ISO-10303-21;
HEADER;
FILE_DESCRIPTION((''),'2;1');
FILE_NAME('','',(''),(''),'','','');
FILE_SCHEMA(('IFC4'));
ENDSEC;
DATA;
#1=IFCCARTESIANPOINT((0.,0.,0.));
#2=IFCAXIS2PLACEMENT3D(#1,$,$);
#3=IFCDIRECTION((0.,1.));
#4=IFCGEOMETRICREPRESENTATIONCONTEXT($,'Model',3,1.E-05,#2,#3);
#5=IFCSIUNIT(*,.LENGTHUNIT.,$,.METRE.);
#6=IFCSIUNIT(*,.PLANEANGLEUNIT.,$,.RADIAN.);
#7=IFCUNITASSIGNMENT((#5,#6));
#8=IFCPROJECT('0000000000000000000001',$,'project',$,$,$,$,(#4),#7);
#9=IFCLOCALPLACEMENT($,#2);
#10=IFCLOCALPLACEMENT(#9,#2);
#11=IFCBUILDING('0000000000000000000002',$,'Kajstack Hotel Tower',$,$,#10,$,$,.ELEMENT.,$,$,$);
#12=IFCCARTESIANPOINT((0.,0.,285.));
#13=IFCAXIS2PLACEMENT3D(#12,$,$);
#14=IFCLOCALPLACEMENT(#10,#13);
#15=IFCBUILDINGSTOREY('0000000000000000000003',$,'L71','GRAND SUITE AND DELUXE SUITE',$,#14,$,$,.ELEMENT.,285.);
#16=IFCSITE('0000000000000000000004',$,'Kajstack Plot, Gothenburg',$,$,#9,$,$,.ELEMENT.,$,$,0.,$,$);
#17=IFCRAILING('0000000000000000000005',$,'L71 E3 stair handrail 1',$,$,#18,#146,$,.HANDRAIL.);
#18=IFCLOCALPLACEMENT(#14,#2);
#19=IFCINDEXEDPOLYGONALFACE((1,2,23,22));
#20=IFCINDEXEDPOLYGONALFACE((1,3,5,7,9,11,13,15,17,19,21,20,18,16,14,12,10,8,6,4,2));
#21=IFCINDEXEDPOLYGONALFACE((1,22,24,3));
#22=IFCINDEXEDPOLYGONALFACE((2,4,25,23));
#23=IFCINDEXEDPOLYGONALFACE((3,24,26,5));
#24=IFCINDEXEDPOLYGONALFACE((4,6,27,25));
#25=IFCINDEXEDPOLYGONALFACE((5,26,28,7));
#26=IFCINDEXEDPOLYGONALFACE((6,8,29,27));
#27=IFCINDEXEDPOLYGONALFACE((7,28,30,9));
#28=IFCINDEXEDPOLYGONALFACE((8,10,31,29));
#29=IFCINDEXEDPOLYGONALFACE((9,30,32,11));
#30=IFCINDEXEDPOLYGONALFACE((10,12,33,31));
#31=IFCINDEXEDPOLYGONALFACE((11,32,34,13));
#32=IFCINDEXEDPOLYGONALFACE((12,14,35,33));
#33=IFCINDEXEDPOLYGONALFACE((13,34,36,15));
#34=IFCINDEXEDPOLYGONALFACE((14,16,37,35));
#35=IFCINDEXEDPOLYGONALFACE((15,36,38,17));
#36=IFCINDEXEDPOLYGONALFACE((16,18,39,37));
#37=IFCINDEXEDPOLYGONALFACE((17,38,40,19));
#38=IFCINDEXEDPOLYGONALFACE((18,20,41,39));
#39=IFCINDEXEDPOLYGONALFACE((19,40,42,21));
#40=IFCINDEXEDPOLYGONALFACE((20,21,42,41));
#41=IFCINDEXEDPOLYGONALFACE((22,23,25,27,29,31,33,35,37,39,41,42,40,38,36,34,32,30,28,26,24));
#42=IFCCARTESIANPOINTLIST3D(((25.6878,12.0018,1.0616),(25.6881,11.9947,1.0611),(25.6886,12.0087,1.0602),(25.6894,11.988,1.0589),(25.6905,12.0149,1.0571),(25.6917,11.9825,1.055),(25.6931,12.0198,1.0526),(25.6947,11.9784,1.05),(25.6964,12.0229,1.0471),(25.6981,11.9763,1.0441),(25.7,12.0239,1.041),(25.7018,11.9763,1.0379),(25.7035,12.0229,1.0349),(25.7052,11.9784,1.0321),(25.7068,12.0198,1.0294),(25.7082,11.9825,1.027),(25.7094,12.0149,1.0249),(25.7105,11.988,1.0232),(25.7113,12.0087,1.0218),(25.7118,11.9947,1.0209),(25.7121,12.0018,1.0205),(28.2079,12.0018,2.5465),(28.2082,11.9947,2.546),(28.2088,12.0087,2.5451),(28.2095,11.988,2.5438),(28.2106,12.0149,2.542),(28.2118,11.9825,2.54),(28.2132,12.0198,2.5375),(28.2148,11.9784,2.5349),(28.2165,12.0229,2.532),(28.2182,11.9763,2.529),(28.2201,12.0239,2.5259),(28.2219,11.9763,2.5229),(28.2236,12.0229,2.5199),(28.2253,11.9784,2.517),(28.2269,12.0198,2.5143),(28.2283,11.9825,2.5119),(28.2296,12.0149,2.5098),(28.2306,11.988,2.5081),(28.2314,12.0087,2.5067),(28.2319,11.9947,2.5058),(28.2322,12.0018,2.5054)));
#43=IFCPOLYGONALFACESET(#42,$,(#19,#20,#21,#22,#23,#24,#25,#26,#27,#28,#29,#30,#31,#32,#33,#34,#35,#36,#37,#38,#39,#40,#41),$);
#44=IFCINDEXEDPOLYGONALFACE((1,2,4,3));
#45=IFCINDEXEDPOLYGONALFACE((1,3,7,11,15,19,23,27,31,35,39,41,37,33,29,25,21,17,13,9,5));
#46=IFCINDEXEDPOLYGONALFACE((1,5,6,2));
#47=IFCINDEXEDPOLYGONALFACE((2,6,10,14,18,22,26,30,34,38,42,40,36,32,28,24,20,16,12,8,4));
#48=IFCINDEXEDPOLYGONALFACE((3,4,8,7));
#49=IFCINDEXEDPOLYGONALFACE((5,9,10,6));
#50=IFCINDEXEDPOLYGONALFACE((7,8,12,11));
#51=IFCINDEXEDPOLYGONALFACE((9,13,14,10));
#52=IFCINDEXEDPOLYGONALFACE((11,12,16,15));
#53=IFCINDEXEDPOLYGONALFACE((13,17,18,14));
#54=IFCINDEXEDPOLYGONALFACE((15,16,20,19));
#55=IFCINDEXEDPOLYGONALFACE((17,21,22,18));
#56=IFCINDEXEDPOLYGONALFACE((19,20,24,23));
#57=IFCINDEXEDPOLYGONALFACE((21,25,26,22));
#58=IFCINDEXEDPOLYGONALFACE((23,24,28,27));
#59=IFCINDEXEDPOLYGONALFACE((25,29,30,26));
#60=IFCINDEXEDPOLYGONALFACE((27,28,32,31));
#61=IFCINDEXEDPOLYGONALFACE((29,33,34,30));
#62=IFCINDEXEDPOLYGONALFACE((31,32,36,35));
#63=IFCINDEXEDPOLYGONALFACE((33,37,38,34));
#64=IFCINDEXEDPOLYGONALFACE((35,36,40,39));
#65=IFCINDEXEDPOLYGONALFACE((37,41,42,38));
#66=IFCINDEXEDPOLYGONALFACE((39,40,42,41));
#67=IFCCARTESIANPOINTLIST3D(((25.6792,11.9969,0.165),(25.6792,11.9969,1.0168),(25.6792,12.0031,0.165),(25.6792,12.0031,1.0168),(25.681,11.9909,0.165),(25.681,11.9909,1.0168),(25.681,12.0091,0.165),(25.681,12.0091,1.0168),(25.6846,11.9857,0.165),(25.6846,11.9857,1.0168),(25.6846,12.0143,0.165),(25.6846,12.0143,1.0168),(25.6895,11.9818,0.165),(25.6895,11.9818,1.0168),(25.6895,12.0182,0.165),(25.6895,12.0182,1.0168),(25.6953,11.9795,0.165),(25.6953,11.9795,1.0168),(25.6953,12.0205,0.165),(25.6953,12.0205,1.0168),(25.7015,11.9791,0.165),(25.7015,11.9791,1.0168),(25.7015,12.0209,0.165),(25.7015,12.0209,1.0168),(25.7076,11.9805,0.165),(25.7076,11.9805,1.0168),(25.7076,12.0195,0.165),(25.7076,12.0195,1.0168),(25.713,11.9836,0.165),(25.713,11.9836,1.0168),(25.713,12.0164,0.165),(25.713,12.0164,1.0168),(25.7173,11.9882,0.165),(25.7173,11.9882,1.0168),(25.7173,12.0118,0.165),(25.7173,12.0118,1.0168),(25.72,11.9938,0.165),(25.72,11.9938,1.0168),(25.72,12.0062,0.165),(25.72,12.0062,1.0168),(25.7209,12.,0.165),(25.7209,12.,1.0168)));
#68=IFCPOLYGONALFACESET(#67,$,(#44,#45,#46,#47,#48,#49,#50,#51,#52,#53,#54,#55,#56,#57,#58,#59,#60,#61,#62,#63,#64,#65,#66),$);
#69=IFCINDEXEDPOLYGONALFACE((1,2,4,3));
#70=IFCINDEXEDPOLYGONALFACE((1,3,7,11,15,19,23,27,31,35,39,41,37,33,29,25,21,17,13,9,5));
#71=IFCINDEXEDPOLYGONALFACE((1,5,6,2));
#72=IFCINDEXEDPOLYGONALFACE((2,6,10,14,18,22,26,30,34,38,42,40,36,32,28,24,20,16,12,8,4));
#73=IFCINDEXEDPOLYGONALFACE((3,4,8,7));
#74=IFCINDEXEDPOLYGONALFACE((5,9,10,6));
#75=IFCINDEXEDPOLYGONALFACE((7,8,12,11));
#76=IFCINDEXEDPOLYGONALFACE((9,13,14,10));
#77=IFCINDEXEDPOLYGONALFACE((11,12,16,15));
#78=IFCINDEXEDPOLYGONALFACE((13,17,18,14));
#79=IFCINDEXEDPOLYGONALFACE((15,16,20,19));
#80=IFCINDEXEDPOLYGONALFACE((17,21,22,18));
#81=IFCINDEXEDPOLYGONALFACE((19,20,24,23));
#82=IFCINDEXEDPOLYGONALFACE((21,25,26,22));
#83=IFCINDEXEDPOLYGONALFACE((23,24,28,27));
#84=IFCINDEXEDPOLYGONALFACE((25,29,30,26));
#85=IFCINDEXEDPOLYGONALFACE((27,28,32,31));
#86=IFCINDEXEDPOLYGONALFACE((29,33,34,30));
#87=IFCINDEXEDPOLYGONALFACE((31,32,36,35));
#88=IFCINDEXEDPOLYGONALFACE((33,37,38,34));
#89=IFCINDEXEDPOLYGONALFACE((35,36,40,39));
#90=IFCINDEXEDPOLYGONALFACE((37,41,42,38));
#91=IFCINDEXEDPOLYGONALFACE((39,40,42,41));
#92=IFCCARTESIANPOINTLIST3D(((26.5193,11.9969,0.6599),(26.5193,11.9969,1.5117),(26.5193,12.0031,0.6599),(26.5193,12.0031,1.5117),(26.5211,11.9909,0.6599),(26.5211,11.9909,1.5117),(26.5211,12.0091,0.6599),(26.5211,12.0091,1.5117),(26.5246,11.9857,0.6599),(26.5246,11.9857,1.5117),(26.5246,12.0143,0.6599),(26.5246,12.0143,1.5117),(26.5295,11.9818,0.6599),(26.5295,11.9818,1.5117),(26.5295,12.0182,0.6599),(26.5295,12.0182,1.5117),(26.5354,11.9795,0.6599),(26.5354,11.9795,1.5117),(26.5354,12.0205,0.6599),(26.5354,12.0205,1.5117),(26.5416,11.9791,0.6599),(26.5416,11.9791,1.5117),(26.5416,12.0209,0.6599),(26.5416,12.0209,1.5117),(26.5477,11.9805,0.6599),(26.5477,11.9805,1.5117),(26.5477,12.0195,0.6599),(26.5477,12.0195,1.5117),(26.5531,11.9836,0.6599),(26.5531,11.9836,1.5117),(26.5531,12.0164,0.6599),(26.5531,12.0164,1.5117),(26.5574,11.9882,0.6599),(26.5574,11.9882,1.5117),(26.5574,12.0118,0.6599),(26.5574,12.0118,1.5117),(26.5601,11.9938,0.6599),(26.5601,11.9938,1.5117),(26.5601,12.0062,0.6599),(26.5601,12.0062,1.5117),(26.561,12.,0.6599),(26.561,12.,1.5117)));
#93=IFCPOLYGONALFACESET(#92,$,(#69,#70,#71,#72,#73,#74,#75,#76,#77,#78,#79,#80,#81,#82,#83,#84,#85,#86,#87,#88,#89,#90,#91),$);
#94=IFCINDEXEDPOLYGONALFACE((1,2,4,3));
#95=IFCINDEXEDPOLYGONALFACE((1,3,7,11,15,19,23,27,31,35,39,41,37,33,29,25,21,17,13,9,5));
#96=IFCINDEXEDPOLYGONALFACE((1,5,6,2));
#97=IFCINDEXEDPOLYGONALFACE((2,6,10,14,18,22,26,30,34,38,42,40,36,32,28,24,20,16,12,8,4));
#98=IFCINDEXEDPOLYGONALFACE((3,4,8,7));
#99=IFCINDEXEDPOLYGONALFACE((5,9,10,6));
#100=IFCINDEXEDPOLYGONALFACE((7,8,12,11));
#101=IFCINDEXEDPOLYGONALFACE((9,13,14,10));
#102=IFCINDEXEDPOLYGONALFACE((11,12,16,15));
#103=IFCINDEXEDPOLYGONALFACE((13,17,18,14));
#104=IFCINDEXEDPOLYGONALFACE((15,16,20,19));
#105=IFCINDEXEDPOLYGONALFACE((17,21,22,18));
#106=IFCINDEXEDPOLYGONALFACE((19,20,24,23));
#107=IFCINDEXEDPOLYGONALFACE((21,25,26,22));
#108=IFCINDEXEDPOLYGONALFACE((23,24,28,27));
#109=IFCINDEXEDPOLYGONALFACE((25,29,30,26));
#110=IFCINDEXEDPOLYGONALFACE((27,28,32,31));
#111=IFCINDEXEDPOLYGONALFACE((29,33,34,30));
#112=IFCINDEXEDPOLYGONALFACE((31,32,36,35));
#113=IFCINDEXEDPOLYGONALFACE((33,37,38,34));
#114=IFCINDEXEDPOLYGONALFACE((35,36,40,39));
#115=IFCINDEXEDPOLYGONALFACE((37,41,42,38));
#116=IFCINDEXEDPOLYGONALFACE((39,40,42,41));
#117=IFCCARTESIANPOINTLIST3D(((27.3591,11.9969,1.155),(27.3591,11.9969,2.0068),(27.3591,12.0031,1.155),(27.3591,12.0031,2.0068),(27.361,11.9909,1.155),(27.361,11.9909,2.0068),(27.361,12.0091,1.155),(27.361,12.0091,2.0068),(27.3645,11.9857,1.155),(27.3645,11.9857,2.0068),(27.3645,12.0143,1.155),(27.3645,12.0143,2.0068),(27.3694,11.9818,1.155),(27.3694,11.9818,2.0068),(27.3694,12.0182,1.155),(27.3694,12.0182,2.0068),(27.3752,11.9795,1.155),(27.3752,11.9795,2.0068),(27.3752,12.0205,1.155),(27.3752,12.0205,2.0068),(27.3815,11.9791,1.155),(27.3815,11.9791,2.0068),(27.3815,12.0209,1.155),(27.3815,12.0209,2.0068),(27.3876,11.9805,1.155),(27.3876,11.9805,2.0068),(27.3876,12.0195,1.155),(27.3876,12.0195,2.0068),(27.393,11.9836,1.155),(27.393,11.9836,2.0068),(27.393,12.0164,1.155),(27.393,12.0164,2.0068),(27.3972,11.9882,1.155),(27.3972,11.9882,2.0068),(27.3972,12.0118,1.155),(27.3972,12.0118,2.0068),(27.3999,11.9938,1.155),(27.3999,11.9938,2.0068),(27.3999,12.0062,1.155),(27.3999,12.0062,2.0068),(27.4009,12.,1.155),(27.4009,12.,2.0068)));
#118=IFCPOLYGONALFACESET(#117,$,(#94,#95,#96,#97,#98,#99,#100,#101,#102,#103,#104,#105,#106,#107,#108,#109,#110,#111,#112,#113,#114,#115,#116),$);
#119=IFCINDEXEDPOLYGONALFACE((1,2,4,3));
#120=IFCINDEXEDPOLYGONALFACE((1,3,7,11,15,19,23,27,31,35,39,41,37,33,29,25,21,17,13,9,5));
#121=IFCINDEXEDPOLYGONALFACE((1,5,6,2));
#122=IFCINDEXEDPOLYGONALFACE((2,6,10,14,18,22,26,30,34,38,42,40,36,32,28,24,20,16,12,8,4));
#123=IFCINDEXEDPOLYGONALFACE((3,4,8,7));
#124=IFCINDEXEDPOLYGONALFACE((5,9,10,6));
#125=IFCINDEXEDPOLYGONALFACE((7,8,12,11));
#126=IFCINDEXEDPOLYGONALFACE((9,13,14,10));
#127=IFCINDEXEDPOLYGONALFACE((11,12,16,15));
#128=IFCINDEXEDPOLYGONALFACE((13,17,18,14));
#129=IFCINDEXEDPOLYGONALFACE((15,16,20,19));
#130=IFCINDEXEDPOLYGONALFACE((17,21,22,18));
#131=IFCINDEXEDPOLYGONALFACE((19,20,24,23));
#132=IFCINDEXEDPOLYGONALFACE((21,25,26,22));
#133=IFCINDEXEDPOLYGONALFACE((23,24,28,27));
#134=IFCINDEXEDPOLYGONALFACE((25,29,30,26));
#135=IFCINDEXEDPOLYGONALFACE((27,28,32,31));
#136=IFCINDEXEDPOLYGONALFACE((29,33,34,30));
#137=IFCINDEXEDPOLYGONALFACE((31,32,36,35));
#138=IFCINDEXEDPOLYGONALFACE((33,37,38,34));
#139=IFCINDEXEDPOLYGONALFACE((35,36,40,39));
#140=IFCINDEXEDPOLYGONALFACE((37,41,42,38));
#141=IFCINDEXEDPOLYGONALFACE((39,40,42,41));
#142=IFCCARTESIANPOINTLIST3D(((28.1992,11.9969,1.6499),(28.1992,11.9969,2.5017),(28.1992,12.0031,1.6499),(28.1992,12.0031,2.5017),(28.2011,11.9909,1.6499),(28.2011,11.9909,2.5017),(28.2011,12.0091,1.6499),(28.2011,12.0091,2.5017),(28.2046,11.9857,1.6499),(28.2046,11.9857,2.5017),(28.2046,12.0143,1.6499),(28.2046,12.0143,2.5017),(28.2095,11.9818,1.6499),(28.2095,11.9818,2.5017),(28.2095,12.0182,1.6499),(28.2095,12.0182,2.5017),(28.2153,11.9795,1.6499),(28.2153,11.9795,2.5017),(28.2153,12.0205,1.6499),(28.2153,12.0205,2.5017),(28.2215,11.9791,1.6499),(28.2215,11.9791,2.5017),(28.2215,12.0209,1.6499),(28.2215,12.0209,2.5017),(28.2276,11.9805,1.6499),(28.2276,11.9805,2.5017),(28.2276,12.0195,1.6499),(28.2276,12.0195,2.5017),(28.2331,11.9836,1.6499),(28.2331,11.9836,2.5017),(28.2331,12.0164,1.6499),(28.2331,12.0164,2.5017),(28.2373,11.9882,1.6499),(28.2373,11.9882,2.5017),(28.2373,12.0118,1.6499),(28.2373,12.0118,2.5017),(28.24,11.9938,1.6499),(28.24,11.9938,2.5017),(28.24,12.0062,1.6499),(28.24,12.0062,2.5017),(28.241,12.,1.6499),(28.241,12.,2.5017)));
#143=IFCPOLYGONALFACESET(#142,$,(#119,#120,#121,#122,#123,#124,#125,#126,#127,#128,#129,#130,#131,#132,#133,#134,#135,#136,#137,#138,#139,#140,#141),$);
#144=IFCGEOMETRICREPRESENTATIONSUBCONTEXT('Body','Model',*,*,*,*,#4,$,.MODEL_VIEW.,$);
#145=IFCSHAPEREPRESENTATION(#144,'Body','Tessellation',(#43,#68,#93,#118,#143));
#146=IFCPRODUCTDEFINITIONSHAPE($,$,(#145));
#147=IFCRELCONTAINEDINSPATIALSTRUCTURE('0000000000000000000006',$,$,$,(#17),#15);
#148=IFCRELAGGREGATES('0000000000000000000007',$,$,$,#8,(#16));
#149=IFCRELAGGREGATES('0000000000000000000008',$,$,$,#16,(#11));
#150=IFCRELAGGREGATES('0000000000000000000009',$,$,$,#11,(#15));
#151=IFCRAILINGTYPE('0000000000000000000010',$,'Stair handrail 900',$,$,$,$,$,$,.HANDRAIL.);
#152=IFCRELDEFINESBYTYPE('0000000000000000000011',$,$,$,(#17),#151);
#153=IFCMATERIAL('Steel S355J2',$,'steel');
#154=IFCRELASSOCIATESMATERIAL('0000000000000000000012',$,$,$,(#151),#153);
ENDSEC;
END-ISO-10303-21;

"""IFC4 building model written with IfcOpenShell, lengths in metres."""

from ifc_helpers import new_model, si_unit, direction, frame, origin, origin_2d, place, context, subcontext, project, spatial, circle, extrude, material, type_object, element, save


model = new_model("IFC4")

# Units and contexts
model_context = context("Model", 3, precision=1e-05, world=origin(), true_north=direction((0.0, 1.0)))
body_context = subcontext(model_context, "Body", "Model", "MODEL_VIEW")
ifc_project = project(units=[si_unit("LENGTHUNIT", "METRE"), si_unit("PLANEANGLEUNIT", "RADIAN")], contexts=[model_context])

# Site, building, storey
site_placement = place(None, origin())
site = spatial("IfcSite", under=ifc_project, at=site_placement, Name="Kajstack Plot, Gothenburg", CompositionType="ELEMENT", RefElevation=0.0)
building_placement = place(site_placement, origin())
building = spatial("IfcBuilding", under=site, at=building_placement, Name="Kajstack Hotel Tower", CompositionType="ELEMENT")
storey_placement = place(building_placement, frame((0.0, 0.0, 285.0)))
storey = spatial("IfcBuildingStorey", under=building, at=storey_placement, Name="L71", Description="GRAND SUITE AND DELUXE SUITE", CompositionType="ELEMENT", Elevation=285.0)

# Railing
ifc_material_1 = material(Name="Steel S355J2", Category="steel")
railing_type_1 = type_object("IfcRailingType", Name="Stair handrail 900", PredefinedType="HANDRAIL", material=ifc_material_1)
railing_1_placement = place(storey_placement, frame((25.7, 12.0, 0.165)))
element("IfcRailing", 1, at=railing_1_placement, inside=storey, type_object=railing_type_1, Name="L71 E3 stair handrail 1", PredefinedType="HANDRAIL", context=body_context, shape_type="SweptSolid", body=[
    extrude(circle(Radius=0.0239, at=origin_2d()), frame((0.0, 0.0, 0.876), z_axis=(0.861561, 0.0, 0.507655), x_axis=(0.0, 1.0, 0.0)), (0.0, 0.0, 1.0), 2.925),
    extrude(circle(Radius=0.021, at=origin_2d()), origin(), (0.0, 0.0, 1.0), 0.8518),
    extrude(circle(Radius=0.021, at=origin_2d()), frame((0.8401, 0.0, 0.4949)), (0.0, 0.0, 1.0), 0.8518),
    extrude(circle(Radius=0.021, at=origin_2d()), frame((1.6799, 0.0, 0.99)), (0.0, 0.0, 1.0), 0.8518),
    extrude(circle(Radius=0.021, at=origin_2d()), frame((2.52, 0.0, 1.4849)), (0.0, 0.0, 1.0), 0.8518),
])

save(model, "model.ifc")
